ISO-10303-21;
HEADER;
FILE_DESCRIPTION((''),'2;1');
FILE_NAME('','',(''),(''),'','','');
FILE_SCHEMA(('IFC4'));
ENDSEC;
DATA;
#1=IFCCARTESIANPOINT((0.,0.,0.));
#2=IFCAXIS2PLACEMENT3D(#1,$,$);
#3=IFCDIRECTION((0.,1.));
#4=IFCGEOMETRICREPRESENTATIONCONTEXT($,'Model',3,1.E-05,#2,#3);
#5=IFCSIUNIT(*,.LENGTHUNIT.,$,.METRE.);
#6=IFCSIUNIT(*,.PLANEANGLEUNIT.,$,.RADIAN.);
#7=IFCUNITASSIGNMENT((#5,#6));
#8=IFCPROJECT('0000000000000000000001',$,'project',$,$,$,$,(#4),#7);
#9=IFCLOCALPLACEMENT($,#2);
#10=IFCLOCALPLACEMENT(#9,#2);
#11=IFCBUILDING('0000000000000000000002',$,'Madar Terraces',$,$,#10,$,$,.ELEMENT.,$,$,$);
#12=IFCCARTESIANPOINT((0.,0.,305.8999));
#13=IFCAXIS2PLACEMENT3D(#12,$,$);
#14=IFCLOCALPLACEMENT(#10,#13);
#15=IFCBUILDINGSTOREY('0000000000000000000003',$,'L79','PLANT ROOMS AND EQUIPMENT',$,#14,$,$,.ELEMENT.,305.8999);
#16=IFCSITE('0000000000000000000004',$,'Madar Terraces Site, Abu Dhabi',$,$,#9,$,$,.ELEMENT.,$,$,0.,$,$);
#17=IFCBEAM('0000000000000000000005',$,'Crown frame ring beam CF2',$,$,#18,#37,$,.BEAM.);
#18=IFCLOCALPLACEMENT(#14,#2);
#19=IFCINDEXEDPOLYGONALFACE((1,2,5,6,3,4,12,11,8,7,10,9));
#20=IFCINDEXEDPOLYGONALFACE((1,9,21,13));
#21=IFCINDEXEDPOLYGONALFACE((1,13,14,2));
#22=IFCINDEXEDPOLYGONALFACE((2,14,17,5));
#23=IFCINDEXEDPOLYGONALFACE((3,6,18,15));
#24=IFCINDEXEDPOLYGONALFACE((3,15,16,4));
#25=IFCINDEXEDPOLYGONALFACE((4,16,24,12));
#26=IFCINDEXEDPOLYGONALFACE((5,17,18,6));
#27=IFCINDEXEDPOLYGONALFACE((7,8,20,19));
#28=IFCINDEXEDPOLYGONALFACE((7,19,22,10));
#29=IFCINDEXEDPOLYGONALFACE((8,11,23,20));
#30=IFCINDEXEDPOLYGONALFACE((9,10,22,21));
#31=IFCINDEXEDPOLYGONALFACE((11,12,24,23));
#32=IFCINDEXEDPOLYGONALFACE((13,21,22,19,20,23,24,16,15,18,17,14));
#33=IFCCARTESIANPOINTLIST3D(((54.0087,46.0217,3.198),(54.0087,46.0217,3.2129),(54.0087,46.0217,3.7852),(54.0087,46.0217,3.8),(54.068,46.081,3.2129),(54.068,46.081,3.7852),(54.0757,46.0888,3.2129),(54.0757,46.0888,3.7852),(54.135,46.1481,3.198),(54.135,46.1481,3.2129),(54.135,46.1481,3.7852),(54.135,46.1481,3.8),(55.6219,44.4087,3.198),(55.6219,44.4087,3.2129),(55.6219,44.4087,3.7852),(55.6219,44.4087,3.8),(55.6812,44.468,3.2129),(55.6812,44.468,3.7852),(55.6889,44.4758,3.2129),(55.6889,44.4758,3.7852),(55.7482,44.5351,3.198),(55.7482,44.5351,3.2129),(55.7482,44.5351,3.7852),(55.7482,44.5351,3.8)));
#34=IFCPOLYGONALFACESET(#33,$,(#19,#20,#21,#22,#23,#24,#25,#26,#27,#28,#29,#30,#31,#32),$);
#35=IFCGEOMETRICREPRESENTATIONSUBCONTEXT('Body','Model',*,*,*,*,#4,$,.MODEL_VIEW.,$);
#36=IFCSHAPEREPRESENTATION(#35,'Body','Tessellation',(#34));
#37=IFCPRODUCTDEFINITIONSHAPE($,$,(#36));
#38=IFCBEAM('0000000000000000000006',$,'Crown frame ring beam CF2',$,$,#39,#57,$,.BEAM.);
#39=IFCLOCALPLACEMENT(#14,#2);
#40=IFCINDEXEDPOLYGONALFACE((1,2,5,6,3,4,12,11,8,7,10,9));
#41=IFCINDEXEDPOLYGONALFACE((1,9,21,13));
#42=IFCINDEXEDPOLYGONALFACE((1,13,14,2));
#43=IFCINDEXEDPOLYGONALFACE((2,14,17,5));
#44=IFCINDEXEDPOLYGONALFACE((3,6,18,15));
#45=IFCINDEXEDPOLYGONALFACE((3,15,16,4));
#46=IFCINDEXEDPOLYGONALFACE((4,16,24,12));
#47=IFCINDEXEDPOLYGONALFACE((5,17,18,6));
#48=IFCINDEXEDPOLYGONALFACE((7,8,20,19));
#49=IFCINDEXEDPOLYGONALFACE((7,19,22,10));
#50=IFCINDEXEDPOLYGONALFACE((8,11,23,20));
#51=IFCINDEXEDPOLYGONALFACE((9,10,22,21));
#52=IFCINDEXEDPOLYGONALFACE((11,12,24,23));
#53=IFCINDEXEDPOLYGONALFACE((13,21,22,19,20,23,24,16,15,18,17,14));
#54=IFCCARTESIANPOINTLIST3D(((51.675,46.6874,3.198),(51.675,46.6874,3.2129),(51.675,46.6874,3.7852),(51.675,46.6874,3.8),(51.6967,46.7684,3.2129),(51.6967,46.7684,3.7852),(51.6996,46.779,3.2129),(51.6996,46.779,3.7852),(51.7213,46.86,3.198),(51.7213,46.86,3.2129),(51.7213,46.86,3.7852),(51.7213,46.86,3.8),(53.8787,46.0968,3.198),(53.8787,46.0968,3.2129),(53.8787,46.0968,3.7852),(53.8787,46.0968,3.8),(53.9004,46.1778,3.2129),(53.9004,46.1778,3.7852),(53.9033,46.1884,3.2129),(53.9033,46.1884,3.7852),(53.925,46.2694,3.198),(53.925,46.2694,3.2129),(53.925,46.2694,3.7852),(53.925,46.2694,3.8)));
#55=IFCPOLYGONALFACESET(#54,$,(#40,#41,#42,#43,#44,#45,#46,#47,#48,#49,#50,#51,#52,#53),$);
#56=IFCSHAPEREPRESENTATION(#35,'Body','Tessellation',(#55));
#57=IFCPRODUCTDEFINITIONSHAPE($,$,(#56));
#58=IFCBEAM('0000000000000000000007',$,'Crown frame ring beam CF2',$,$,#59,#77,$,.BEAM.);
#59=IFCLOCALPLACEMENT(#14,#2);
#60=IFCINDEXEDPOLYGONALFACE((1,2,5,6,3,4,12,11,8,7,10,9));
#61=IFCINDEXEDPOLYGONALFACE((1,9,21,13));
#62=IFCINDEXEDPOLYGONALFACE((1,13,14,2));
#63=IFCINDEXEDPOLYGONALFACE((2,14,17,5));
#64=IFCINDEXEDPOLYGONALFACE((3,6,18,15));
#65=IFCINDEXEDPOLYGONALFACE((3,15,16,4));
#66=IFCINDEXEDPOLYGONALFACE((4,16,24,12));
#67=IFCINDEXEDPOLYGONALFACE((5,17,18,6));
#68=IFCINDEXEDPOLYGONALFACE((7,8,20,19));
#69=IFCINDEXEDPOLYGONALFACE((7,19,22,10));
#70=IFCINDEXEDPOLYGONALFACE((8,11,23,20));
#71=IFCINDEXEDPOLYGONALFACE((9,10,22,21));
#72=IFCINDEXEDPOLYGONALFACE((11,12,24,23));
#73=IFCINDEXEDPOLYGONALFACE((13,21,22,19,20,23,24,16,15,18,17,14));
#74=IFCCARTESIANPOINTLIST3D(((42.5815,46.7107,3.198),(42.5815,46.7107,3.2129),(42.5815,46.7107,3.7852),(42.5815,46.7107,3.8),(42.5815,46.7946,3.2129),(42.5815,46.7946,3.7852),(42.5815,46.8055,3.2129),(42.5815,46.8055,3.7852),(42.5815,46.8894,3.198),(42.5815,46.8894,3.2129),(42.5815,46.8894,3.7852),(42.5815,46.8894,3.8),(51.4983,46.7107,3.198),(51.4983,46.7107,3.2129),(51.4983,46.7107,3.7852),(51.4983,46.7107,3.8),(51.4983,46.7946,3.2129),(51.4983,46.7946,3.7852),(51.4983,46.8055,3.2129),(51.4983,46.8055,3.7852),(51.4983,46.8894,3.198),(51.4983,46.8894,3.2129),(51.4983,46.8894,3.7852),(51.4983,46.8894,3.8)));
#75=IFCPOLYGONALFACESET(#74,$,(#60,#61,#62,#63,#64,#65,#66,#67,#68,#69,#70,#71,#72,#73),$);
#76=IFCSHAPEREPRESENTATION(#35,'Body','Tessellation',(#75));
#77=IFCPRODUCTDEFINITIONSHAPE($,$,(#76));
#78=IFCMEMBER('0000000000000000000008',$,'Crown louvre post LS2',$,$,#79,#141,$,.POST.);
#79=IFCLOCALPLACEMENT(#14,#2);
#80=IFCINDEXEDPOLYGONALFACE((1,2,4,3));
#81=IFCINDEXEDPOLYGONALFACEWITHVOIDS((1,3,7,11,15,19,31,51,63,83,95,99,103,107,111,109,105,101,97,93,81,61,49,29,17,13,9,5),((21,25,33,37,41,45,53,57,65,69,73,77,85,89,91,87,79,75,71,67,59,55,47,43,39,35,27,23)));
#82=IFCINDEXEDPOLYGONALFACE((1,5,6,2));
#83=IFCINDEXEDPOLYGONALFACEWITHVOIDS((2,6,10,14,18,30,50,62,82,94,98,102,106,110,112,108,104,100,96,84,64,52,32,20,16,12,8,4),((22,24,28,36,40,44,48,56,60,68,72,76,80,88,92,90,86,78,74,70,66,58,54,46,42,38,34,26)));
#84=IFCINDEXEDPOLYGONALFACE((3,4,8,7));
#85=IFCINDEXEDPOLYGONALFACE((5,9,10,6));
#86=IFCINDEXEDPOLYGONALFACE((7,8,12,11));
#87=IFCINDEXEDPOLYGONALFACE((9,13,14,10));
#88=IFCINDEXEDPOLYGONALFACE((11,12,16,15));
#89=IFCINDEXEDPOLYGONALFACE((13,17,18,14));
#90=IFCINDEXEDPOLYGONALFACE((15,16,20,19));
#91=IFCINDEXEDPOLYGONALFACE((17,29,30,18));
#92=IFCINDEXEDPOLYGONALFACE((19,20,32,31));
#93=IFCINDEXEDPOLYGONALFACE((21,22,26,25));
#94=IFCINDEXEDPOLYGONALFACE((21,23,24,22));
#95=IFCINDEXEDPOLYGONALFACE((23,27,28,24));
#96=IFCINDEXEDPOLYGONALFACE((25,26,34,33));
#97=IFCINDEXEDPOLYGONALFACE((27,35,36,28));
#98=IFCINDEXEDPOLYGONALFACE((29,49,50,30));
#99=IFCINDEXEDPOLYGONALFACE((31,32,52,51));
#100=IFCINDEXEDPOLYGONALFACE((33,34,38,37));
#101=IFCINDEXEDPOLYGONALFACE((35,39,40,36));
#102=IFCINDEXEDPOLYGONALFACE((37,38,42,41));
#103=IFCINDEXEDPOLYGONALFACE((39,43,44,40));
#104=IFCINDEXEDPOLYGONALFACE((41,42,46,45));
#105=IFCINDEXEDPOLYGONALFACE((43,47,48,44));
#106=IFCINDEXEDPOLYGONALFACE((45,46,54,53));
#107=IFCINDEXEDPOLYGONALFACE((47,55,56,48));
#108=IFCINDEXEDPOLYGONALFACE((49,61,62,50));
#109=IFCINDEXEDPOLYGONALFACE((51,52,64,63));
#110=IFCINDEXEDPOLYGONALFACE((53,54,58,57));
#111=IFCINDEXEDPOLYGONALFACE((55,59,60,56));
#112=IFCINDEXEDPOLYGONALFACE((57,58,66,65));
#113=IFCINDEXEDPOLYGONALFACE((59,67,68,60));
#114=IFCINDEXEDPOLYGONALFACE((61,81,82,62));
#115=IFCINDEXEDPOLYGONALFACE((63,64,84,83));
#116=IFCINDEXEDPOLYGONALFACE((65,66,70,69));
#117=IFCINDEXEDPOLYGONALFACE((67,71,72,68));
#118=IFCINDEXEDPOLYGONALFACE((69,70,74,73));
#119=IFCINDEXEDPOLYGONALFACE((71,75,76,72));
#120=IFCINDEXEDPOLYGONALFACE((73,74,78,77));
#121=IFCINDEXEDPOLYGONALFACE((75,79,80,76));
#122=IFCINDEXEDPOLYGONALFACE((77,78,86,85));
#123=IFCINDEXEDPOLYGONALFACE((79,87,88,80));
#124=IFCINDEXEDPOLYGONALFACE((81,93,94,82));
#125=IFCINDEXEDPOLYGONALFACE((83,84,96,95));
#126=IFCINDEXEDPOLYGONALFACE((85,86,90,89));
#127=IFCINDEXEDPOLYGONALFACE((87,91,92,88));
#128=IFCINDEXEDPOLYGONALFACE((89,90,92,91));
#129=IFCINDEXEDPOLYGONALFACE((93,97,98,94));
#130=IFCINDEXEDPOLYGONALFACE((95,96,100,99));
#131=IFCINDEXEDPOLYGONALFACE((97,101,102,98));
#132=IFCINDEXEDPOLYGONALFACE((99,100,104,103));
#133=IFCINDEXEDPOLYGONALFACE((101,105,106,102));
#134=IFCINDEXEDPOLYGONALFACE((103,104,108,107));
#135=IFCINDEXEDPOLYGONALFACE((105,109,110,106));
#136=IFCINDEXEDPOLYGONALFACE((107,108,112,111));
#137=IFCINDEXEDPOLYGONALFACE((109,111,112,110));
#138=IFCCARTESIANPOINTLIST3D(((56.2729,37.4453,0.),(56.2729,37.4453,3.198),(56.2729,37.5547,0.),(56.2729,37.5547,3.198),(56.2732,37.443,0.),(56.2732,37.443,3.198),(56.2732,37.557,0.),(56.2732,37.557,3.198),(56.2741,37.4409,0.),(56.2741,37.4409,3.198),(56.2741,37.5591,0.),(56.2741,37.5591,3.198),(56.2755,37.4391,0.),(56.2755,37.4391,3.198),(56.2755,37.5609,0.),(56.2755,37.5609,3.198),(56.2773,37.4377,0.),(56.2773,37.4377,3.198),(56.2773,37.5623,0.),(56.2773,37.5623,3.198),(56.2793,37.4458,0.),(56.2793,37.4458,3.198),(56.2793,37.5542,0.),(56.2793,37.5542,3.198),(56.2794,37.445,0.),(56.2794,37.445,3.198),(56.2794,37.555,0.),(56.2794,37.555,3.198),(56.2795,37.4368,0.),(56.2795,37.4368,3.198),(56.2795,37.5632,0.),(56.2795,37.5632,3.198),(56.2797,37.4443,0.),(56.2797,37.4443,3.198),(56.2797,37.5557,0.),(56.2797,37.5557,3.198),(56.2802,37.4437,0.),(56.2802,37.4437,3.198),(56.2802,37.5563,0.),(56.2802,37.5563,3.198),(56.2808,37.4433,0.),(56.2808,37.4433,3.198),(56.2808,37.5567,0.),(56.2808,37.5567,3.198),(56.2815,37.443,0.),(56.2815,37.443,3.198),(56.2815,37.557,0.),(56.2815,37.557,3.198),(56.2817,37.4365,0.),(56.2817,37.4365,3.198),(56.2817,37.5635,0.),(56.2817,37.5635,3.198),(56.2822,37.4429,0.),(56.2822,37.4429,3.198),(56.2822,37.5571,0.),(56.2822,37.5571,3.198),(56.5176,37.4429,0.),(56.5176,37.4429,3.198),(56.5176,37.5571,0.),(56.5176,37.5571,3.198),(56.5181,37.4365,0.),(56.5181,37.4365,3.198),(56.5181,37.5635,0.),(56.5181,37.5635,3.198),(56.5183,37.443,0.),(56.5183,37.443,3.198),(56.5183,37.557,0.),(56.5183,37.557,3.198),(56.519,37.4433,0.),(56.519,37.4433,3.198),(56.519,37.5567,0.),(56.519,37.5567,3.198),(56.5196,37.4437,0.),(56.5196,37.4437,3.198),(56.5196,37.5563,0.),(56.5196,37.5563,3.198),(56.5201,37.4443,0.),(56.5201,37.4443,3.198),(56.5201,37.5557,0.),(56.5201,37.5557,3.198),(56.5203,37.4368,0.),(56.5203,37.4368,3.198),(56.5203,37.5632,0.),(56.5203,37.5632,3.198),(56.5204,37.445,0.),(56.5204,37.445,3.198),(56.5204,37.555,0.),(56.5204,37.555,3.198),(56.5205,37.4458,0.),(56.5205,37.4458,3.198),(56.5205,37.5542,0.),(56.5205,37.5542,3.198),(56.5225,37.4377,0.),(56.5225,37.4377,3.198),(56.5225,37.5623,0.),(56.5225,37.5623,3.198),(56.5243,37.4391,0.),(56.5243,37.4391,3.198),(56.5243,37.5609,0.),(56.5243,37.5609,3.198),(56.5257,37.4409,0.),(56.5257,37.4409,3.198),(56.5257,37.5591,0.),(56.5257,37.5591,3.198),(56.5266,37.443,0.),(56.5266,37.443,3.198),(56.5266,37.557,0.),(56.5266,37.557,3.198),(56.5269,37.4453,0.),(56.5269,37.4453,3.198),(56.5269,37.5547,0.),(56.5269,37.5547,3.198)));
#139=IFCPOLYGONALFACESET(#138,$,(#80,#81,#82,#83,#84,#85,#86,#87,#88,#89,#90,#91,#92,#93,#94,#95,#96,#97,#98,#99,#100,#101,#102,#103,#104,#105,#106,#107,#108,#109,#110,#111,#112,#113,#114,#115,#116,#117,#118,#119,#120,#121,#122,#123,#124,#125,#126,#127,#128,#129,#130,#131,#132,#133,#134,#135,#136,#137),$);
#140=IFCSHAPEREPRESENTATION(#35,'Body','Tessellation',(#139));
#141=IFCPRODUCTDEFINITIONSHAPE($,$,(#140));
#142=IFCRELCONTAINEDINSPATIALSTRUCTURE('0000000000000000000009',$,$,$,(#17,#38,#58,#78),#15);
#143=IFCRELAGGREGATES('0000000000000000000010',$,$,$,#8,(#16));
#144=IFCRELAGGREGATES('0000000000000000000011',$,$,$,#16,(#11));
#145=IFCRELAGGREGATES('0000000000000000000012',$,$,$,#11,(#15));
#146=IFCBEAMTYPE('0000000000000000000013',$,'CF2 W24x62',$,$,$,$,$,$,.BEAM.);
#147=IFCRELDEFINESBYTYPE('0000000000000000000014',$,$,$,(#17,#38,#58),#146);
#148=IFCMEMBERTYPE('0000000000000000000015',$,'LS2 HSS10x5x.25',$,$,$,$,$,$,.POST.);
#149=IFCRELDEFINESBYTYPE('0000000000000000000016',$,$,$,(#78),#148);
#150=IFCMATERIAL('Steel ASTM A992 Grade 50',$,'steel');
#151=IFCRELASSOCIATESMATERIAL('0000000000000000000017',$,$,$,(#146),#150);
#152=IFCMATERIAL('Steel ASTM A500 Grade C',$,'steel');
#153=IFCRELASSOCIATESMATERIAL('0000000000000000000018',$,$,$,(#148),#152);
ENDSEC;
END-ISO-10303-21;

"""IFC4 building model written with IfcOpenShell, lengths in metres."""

from ifc_helpers import new_model, si_unit, direction, frame, origin, origin_2d, place, context, subcontext, project, spatial, hollow_rectangle, i_section, extrude, material, material_profile, profile_set, type_object, element, save


model = new_model("IFC4")

# Units and contexts
model_context = context("Model", 3, precision=1e-05, world=origin(), true_north=direction((0.0, 1.0)))
body_context = subcontext(model_context, "Body", "Model", "MODEL_VIEW")
ifc_project = project(units=[si_unit("LENGTHUNIT", "METRE"), si_unit("PLANEANGLEUNIT", "RADIAN")], contexts=[model_context])

# Site, building, storey
site_placement = place(None, origin())
site = spatial("IfcSite", under=ifc_project, at=site_placement, Name="Madar Terraces Site, Abu Dhabi", CompositionType="ELEMENT", RefElevation=0.0)
building_placement = place(site_placement, origin())
building = spatial("IfcBuilding", under=site, at=building_placement, Name="Madar Terraces", CompositionType="ELEMENT")
storey_placement = place(building_placement, frame((0.0, 0.0, 305.8999)))
storey = spatial("IfcBuildingStorey", under=building, at=storey_placement, Name="L79", Description="PLANT ROOMS AND EQUIPMENT", CompositionType="ELEMENT", Elevation=305.8999)

# Beams
ifc_material_1 = material(Name="Steel ASTM A992 Grade 50", Category="steel")
ifc_material_profile_1 = material_profile(ifc_material_1, i_section(OverallWidth=0.1787, OverallDepth=0.6021, WebThickness=0.011, FlangeThickness=0.0149, at=origin_2d()), Name="W24x62")
ifc_profile_set_1 = profile_set([ifc_material_profile_1], Name="Steel ASTM A992 Grade 50")
beam_type = type_object("IfcBeamType", Name="CF2 W24x62", PredefinedType="BEAM", material=ifc_profile_set_1)
beam_1_placement = place(storey_placement, frame((55.6851, 44.4719, 3.499), z_axis=(-0.70716, 0.707053, 0.0), x_axis=(-0.707053, -0.70716, 0.0)))
element("IfcBeam", 1, at=beam_1_placement, inside=storey, type_object=beam_type, Name="Crown frame ring beam CF2", PredefinedType="BEAM", context=body_context, shape_type="SweptSolid", body=[
    extrude(i_section(OverallWidth=0.1787, OverallDepth=0.6021, WebThickness=0.011, FlangeThickness=0.0149, at=origin_2d()), origin(), (0.0, 0.0, 1.0), 2.2812),
])
beam_2_placement = place(storey_placement, frame((53.9019, 46.1831, 3.499), z_axis=(-0.965913, 0.258868, 0.0), x_axis=(-0.258868, -0.965913, 0.0)))
element("IfcBeam", 2, at=beam_2_placement, inside=storey, type_object=beam_type, Name="Crown frame ring beam CF2", PredefinedType="BEAM", context=body_context, shape_type="SweptSolid", body=[
    extrude(i_section(OverallWidth=0.1787, OverallDepth=0.6021, WebThickness=0.011, FlangeThickness=0.0149, at=origin_2d()), origin(), (0.0, 0.0, 1.0), 2.2815),
])
beam_3_placement = place(storey_placement, frame((51.4983, 46.8, 3.499), z_axis=(-1.0, 0.0, 0.0), x_axis=(0.0, -1.0, 0.0)))
element("IfcBeam", 3, at=beam_3_placement, inside=storey, type_object=beam_type, Name="Crown frame ring beam CF2", PredefinedType="BEAM", context=body_context, shape_type="SweptSolid", body=[
    extrude(i_section(OverallWidth=0.1787, OverallDepth=0.6021, WebThickness=0.011, FlangeThickness=0.0149, at=origin_2d()), origin(), (0.0, 0.0, 1.0), 8.9167),
])

# Member
ifc_material_2 = material(Name="Steel ASTM A500 Grade C", Category="steel")
ifc_material_profile_2 = material_profile(ifc_material_2, hollow_rectangle(XDim=0.127, YDim=0.2539, WallThickness=0.0063, InnerFilletRadius=0.0029, OuterFilletRadius=0.0088, at=origin_2d()), Name="HSS10x5x.25")
ifc_profile_set_2 = profile_set([ifc_material_profile_2], Name="Steel ASTM A500 Grade C")
member_type = type_object("IfcMemberType", Name="LS2 HSS10x5x.25", PredefinedType="POST", material=ifc_profile_set_2)
for number, where, z_axis, x_axis, name in (
    (4, (56.3999, 37.5, 0.0), (0.0, 0.0, 1.0), (0.0, 1.0, 0.0), "Crown louvre post LS2"),
):
    element("IfcMember", number, at=place(storey_placement, frame(where, z_axis=z_axis, x_axis=x_axis)), inside=storey, type_object=member_type, Name=name, PredefinedType="POST", context=body_context, shape_type="SweptSolid", body=[
        extrude(hollow_rectangle(XDim=0.127, YDim=0.2539, WallThickness=0.0063, InnerFilletRadius=0.0029, OuterFilletRadius=0.0088, at=origin_2d()), origin(), (0.0, 0.0, 1.0), 3.198),
    ])

save(model, "model.ifc")
